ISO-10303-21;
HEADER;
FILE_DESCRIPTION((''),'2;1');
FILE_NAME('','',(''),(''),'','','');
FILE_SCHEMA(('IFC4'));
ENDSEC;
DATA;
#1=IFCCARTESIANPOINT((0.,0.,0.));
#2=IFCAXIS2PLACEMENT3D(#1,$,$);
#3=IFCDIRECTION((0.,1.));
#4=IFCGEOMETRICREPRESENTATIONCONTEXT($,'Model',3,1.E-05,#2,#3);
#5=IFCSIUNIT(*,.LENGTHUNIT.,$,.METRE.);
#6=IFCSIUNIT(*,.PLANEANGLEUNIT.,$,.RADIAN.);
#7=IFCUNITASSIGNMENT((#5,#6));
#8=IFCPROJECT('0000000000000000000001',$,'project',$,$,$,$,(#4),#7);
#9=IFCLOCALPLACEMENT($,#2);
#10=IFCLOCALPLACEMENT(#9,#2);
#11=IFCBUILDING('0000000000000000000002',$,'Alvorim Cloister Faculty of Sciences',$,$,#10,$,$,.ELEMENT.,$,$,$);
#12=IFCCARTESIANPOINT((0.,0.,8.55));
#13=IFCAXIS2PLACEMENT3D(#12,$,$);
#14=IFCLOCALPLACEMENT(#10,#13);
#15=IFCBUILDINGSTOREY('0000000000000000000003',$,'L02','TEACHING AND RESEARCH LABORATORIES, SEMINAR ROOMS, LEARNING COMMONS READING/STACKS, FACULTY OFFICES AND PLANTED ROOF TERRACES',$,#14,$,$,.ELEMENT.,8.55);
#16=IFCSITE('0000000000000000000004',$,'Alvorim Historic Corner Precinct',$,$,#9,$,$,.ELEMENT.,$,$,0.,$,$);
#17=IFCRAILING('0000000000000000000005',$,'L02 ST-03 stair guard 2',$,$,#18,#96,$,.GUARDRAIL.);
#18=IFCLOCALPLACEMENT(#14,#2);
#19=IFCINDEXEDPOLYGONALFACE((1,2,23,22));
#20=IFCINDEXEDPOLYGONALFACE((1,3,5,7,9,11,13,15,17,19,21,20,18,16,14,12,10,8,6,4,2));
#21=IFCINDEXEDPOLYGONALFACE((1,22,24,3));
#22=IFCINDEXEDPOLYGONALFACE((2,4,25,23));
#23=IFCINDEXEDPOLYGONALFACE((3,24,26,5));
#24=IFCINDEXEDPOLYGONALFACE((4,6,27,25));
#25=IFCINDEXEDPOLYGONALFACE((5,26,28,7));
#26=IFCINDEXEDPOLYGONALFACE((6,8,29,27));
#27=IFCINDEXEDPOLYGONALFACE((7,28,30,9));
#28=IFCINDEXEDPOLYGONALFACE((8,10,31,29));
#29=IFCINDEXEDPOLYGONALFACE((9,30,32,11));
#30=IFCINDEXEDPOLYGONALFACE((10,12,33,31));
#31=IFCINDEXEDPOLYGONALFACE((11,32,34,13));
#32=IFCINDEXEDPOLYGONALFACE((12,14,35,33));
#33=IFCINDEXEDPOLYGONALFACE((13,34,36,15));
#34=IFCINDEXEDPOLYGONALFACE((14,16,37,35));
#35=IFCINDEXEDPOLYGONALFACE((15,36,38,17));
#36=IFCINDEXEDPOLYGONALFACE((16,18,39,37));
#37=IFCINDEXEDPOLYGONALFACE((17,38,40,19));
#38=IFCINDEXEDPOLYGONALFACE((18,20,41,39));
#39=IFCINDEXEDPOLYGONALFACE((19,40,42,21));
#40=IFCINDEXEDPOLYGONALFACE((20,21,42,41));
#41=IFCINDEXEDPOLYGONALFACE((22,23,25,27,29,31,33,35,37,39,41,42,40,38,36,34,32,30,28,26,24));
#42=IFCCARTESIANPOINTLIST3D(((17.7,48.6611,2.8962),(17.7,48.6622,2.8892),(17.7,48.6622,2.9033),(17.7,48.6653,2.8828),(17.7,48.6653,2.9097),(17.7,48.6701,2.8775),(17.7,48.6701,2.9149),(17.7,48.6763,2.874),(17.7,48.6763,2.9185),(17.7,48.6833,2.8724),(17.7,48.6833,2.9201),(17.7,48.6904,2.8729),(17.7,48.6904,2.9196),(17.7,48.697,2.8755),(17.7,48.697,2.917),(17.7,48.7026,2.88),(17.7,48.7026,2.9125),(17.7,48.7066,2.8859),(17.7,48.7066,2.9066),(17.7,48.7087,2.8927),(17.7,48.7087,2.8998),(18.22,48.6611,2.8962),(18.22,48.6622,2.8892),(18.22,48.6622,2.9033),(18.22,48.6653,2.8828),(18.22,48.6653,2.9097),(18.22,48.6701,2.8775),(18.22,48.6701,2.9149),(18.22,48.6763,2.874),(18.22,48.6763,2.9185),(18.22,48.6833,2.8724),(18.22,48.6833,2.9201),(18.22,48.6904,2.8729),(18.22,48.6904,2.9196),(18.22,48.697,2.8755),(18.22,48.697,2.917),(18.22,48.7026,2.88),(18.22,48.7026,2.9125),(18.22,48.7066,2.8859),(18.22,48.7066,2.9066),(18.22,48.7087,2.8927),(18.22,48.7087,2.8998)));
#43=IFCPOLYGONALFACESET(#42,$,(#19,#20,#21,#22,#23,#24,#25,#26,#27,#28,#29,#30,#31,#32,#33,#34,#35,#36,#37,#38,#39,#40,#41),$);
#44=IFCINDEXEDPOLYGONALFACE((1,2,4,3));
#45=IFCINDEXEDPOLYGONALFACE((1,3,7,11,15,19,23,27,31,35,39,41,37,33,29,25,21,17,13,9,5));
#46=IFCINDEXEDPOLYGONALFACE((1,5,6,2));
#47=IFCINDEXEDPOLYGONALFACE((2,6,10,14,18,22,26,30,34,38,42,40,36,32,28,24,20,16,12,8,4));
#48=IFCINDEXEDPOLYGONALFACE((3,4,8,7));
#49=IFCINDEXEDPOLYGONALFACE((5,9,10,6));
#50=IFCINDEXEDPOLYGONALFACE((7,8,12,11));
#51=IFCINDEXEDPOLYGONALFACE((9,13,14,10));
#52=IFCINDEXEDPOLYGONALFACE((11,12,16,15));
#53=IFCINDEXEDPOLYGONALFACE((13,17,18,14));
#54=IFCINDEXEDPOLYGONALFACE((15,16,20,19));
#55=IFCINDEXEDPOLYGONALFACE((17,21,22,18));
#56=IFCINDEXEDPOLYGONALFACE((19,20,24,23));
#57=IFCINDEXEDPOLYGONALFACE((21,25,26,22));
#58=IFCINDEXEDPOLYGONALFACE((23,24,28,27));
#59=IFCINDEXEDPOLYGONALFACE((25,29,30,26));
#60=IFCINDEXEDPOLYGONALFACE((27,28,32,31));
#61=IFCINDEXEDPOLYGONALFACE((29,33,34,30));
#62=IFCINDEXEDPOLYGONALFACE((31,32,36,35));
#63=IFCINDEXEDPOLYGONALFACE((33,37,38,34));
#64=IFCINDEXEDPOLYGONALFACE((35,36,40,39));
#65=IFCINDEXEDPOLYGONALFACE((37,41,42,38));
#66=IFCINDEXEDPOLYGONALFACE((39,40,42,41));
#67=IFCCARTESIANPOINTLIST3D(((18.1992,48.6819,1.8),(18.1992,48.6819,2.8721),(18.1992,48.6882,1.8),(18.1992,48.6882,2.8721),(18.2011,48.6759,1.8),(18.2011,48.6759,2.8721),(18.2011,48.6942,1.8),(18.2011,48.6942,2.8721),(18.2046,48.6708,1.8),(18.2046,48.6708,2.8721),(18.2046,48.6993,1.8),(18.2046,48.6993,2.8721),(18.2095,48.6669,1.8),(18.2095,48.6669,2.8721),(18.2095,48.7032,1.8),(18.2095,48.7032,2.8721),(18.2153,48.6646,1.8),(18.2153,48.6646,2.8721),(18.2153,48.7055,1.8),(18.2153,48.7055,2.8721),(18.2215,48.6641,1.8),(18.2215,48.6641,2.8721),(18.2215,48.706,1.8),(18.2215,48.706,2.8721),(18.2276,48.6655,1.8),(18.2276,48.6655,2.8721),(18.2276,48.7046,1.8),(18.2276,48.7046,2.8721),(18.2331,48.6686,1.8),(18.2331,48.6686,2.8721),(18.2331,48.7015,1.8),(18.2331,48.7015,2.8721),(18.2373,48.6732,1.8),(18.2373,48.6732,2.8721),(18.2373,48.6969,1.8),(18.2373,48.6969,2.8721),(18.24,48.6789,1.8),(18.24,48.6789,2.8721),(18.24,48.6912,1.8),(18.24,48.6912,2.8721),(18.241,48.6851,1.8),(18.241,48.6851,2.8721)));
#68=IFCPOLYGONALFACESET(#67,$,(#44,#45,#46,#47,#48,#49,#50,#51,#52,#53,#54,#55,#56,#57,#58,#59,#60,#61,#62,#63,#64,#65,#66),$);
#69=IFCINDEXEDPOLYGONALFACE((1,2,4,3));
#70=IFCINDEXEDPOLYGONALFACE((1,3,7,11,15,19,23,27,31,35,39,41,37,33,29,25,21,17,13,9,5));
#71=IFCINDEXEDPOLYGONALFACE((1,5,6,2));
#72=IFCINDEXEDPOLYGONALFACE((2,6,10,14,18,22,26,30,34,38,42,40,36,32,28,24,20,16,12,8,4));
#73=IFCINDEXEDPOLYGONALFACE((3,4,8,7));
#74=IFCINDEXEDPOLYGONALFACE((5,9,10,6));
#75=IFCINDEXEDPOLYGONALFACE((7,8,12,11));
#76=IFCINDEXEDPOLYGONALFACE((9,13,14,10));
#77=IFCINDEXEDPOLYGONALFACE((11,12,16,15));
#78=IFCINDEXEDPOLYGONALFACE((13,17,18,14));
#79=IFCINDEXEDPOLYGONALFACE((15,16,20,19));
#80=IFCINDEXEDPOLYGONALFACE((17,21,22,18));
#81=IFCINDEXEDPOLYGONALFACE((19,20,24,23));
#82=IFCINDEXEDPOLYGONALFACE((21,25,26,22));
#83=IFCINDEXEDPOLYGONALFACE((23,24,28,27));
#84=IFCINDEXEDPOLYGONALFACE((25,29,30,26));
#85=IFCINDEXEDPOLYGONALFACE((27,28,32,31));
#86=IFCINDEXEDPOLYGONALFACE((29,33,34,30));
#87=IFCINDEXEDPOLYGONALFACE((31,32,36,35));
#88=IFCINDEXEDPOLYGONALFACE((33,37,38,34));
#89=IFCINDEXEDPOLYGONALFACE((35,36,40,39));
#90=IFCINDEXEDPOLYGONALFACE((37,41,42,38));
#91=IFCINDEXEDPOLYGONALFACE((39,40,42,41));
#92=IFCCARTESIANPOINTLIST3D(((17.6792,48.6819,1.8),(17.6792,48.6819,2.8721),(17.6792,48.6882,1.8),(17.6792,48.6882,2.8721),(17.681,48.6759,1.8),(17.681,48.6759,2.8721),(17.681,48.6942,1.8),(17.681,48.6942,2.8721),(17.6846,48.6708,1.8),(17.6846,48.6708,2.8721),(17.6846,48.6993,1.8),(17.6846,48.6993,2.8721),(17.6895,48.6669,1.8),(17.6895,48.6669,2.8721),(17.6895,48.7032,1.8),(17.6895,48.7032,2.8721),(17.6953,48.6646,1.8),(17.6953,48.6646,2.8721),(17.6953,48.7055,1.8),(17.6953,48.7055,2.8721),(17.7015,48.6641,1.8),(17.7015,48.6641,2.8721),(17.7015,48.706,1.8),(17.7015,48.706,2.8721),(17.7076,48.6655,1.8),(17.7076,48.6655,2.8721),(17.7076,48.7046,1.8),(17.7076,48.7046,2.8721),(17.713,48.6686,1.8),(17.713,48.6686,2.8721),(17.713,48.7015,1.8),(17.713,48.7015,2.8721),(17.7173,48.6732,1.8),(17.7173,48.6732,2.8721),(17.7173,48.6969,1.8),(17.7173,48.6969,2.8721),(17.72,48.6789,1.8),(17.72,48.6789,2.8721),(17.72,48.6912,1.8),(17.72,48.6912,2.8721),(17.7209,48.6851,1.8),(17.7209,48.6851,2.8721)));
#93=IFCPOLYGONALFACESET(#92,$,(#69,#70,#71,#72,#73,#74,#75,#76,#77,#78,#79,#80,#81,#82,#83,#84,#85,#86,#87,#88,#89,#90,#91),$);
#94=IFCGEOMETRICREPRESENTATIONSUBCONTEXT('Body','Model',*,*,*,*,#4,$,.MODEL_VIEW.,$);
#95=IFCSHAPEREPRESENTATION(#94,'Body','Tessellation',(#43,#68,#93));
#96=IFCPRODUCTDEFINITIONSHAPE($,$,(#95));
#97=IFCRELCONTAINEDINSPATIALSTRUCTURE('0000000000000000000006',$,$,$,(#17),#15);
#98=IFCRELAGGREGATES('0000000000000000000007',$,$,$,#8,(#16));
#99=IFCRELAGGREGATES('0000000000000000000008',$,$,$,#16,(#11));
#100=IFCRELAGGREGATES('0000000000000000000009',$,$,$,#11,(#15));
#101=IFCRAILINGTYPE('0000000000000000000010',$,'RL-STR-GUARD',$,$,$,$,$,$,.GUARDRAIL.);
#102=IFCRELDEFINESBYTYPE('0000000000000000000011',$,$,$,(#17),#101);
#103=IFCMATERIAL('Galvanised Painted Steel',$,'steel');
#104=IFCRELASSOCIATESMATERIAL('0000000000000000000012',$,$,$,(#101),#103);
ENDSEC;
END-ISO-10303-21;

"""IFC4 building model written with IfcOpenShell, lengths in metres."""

from ifc_helpers import new_model, si_unit, direction, frame, origin, origin_2d, place, context, subcontext, project, spatial, circle, extrude, material, type_object, element, save


model = new_model("IFC4")

# Units and contexts
model_context = context("Model", 3, precision=1e-05, world=origin(), true_north=direction((0.0, 1.0)))
body_context = subcontext(model_context, "Body", "Model", "MODEL_VIEW")
ifc_project = project(units=[si_unit("LENGTHUNIT", "METRE"), si_unit("PLANEANGLEUNIT", "RADIAN")], contexts=[model_context])

# Site, building, storey
site_placement = place(None, origin())
site = spatial("IfcSite", under=ifc_project, at=site_placement, Name="Alvorim Historic Corner Precinct", CompositionType="ELEMENT", RefElevation=0.0)
building_placement = place(site_placement, origin())
building = spatial("IfcBuilding", under=site, at=building_placement, Name="Alvorim Cloister Faculty of Sciences", CompositionType="ELEMENT")
storey_placement = place(building_placement, frame((0.0, 0.0, 8.55)))
storey = spatial("IfcBuildingStorey", under=building, at=storey_placement, Name="L02", Description="TEACHING AND RESEARCH LABORATORIES, SEMINAR ROOMS, LEARNING COMMONS READING/STACKS, FACULTY OFFICES AND PLANTED ROOF TERRACES", CompositionType="ELEMENT", Elevation=8.55)

# Railing
ifc_material_1 = material(Name="Galvanised Painted Steel", Category="steel")
railing_type_1 = type_object("IfcRailingType", Name="RL-STR-GUARD", PredefinedType="GUARDRAIL", material=ifc_material_1)
railing_1_placement = place(storey_placement, frame((18.22, 48.6851, 1.8)))
element("IfcRailing", 1, at=railing_1_placement, inside=storey, type_object=railing_type_1, Name="L02 ST-03 stair guard 2", PredefinedType="GUARDRAIL", context=body_context, shape_type="SweptSolid", body=[
    extrude(circle(Radius=0.0239, at=origin_2d()), frame((0.0, 0.0, 1.0962), z_axis=(-1.0, 0.0, 0.0), x_axis=(0.0, -1.0, 0.0)), (0.0, 0.0, 1.0), 0.52),
    extrude(circle(Radius=0.021, at=origin_2d()), origin(), (0.0, 0.0, 1.0), 1.072),
    extrude(circle(Radius=0.021, at=origin_2d()), frame((-0.52, 0.0, 0.0)), (0.0, 0.0, 1.0), 1.072),
])

save(model, "model.ifc")
